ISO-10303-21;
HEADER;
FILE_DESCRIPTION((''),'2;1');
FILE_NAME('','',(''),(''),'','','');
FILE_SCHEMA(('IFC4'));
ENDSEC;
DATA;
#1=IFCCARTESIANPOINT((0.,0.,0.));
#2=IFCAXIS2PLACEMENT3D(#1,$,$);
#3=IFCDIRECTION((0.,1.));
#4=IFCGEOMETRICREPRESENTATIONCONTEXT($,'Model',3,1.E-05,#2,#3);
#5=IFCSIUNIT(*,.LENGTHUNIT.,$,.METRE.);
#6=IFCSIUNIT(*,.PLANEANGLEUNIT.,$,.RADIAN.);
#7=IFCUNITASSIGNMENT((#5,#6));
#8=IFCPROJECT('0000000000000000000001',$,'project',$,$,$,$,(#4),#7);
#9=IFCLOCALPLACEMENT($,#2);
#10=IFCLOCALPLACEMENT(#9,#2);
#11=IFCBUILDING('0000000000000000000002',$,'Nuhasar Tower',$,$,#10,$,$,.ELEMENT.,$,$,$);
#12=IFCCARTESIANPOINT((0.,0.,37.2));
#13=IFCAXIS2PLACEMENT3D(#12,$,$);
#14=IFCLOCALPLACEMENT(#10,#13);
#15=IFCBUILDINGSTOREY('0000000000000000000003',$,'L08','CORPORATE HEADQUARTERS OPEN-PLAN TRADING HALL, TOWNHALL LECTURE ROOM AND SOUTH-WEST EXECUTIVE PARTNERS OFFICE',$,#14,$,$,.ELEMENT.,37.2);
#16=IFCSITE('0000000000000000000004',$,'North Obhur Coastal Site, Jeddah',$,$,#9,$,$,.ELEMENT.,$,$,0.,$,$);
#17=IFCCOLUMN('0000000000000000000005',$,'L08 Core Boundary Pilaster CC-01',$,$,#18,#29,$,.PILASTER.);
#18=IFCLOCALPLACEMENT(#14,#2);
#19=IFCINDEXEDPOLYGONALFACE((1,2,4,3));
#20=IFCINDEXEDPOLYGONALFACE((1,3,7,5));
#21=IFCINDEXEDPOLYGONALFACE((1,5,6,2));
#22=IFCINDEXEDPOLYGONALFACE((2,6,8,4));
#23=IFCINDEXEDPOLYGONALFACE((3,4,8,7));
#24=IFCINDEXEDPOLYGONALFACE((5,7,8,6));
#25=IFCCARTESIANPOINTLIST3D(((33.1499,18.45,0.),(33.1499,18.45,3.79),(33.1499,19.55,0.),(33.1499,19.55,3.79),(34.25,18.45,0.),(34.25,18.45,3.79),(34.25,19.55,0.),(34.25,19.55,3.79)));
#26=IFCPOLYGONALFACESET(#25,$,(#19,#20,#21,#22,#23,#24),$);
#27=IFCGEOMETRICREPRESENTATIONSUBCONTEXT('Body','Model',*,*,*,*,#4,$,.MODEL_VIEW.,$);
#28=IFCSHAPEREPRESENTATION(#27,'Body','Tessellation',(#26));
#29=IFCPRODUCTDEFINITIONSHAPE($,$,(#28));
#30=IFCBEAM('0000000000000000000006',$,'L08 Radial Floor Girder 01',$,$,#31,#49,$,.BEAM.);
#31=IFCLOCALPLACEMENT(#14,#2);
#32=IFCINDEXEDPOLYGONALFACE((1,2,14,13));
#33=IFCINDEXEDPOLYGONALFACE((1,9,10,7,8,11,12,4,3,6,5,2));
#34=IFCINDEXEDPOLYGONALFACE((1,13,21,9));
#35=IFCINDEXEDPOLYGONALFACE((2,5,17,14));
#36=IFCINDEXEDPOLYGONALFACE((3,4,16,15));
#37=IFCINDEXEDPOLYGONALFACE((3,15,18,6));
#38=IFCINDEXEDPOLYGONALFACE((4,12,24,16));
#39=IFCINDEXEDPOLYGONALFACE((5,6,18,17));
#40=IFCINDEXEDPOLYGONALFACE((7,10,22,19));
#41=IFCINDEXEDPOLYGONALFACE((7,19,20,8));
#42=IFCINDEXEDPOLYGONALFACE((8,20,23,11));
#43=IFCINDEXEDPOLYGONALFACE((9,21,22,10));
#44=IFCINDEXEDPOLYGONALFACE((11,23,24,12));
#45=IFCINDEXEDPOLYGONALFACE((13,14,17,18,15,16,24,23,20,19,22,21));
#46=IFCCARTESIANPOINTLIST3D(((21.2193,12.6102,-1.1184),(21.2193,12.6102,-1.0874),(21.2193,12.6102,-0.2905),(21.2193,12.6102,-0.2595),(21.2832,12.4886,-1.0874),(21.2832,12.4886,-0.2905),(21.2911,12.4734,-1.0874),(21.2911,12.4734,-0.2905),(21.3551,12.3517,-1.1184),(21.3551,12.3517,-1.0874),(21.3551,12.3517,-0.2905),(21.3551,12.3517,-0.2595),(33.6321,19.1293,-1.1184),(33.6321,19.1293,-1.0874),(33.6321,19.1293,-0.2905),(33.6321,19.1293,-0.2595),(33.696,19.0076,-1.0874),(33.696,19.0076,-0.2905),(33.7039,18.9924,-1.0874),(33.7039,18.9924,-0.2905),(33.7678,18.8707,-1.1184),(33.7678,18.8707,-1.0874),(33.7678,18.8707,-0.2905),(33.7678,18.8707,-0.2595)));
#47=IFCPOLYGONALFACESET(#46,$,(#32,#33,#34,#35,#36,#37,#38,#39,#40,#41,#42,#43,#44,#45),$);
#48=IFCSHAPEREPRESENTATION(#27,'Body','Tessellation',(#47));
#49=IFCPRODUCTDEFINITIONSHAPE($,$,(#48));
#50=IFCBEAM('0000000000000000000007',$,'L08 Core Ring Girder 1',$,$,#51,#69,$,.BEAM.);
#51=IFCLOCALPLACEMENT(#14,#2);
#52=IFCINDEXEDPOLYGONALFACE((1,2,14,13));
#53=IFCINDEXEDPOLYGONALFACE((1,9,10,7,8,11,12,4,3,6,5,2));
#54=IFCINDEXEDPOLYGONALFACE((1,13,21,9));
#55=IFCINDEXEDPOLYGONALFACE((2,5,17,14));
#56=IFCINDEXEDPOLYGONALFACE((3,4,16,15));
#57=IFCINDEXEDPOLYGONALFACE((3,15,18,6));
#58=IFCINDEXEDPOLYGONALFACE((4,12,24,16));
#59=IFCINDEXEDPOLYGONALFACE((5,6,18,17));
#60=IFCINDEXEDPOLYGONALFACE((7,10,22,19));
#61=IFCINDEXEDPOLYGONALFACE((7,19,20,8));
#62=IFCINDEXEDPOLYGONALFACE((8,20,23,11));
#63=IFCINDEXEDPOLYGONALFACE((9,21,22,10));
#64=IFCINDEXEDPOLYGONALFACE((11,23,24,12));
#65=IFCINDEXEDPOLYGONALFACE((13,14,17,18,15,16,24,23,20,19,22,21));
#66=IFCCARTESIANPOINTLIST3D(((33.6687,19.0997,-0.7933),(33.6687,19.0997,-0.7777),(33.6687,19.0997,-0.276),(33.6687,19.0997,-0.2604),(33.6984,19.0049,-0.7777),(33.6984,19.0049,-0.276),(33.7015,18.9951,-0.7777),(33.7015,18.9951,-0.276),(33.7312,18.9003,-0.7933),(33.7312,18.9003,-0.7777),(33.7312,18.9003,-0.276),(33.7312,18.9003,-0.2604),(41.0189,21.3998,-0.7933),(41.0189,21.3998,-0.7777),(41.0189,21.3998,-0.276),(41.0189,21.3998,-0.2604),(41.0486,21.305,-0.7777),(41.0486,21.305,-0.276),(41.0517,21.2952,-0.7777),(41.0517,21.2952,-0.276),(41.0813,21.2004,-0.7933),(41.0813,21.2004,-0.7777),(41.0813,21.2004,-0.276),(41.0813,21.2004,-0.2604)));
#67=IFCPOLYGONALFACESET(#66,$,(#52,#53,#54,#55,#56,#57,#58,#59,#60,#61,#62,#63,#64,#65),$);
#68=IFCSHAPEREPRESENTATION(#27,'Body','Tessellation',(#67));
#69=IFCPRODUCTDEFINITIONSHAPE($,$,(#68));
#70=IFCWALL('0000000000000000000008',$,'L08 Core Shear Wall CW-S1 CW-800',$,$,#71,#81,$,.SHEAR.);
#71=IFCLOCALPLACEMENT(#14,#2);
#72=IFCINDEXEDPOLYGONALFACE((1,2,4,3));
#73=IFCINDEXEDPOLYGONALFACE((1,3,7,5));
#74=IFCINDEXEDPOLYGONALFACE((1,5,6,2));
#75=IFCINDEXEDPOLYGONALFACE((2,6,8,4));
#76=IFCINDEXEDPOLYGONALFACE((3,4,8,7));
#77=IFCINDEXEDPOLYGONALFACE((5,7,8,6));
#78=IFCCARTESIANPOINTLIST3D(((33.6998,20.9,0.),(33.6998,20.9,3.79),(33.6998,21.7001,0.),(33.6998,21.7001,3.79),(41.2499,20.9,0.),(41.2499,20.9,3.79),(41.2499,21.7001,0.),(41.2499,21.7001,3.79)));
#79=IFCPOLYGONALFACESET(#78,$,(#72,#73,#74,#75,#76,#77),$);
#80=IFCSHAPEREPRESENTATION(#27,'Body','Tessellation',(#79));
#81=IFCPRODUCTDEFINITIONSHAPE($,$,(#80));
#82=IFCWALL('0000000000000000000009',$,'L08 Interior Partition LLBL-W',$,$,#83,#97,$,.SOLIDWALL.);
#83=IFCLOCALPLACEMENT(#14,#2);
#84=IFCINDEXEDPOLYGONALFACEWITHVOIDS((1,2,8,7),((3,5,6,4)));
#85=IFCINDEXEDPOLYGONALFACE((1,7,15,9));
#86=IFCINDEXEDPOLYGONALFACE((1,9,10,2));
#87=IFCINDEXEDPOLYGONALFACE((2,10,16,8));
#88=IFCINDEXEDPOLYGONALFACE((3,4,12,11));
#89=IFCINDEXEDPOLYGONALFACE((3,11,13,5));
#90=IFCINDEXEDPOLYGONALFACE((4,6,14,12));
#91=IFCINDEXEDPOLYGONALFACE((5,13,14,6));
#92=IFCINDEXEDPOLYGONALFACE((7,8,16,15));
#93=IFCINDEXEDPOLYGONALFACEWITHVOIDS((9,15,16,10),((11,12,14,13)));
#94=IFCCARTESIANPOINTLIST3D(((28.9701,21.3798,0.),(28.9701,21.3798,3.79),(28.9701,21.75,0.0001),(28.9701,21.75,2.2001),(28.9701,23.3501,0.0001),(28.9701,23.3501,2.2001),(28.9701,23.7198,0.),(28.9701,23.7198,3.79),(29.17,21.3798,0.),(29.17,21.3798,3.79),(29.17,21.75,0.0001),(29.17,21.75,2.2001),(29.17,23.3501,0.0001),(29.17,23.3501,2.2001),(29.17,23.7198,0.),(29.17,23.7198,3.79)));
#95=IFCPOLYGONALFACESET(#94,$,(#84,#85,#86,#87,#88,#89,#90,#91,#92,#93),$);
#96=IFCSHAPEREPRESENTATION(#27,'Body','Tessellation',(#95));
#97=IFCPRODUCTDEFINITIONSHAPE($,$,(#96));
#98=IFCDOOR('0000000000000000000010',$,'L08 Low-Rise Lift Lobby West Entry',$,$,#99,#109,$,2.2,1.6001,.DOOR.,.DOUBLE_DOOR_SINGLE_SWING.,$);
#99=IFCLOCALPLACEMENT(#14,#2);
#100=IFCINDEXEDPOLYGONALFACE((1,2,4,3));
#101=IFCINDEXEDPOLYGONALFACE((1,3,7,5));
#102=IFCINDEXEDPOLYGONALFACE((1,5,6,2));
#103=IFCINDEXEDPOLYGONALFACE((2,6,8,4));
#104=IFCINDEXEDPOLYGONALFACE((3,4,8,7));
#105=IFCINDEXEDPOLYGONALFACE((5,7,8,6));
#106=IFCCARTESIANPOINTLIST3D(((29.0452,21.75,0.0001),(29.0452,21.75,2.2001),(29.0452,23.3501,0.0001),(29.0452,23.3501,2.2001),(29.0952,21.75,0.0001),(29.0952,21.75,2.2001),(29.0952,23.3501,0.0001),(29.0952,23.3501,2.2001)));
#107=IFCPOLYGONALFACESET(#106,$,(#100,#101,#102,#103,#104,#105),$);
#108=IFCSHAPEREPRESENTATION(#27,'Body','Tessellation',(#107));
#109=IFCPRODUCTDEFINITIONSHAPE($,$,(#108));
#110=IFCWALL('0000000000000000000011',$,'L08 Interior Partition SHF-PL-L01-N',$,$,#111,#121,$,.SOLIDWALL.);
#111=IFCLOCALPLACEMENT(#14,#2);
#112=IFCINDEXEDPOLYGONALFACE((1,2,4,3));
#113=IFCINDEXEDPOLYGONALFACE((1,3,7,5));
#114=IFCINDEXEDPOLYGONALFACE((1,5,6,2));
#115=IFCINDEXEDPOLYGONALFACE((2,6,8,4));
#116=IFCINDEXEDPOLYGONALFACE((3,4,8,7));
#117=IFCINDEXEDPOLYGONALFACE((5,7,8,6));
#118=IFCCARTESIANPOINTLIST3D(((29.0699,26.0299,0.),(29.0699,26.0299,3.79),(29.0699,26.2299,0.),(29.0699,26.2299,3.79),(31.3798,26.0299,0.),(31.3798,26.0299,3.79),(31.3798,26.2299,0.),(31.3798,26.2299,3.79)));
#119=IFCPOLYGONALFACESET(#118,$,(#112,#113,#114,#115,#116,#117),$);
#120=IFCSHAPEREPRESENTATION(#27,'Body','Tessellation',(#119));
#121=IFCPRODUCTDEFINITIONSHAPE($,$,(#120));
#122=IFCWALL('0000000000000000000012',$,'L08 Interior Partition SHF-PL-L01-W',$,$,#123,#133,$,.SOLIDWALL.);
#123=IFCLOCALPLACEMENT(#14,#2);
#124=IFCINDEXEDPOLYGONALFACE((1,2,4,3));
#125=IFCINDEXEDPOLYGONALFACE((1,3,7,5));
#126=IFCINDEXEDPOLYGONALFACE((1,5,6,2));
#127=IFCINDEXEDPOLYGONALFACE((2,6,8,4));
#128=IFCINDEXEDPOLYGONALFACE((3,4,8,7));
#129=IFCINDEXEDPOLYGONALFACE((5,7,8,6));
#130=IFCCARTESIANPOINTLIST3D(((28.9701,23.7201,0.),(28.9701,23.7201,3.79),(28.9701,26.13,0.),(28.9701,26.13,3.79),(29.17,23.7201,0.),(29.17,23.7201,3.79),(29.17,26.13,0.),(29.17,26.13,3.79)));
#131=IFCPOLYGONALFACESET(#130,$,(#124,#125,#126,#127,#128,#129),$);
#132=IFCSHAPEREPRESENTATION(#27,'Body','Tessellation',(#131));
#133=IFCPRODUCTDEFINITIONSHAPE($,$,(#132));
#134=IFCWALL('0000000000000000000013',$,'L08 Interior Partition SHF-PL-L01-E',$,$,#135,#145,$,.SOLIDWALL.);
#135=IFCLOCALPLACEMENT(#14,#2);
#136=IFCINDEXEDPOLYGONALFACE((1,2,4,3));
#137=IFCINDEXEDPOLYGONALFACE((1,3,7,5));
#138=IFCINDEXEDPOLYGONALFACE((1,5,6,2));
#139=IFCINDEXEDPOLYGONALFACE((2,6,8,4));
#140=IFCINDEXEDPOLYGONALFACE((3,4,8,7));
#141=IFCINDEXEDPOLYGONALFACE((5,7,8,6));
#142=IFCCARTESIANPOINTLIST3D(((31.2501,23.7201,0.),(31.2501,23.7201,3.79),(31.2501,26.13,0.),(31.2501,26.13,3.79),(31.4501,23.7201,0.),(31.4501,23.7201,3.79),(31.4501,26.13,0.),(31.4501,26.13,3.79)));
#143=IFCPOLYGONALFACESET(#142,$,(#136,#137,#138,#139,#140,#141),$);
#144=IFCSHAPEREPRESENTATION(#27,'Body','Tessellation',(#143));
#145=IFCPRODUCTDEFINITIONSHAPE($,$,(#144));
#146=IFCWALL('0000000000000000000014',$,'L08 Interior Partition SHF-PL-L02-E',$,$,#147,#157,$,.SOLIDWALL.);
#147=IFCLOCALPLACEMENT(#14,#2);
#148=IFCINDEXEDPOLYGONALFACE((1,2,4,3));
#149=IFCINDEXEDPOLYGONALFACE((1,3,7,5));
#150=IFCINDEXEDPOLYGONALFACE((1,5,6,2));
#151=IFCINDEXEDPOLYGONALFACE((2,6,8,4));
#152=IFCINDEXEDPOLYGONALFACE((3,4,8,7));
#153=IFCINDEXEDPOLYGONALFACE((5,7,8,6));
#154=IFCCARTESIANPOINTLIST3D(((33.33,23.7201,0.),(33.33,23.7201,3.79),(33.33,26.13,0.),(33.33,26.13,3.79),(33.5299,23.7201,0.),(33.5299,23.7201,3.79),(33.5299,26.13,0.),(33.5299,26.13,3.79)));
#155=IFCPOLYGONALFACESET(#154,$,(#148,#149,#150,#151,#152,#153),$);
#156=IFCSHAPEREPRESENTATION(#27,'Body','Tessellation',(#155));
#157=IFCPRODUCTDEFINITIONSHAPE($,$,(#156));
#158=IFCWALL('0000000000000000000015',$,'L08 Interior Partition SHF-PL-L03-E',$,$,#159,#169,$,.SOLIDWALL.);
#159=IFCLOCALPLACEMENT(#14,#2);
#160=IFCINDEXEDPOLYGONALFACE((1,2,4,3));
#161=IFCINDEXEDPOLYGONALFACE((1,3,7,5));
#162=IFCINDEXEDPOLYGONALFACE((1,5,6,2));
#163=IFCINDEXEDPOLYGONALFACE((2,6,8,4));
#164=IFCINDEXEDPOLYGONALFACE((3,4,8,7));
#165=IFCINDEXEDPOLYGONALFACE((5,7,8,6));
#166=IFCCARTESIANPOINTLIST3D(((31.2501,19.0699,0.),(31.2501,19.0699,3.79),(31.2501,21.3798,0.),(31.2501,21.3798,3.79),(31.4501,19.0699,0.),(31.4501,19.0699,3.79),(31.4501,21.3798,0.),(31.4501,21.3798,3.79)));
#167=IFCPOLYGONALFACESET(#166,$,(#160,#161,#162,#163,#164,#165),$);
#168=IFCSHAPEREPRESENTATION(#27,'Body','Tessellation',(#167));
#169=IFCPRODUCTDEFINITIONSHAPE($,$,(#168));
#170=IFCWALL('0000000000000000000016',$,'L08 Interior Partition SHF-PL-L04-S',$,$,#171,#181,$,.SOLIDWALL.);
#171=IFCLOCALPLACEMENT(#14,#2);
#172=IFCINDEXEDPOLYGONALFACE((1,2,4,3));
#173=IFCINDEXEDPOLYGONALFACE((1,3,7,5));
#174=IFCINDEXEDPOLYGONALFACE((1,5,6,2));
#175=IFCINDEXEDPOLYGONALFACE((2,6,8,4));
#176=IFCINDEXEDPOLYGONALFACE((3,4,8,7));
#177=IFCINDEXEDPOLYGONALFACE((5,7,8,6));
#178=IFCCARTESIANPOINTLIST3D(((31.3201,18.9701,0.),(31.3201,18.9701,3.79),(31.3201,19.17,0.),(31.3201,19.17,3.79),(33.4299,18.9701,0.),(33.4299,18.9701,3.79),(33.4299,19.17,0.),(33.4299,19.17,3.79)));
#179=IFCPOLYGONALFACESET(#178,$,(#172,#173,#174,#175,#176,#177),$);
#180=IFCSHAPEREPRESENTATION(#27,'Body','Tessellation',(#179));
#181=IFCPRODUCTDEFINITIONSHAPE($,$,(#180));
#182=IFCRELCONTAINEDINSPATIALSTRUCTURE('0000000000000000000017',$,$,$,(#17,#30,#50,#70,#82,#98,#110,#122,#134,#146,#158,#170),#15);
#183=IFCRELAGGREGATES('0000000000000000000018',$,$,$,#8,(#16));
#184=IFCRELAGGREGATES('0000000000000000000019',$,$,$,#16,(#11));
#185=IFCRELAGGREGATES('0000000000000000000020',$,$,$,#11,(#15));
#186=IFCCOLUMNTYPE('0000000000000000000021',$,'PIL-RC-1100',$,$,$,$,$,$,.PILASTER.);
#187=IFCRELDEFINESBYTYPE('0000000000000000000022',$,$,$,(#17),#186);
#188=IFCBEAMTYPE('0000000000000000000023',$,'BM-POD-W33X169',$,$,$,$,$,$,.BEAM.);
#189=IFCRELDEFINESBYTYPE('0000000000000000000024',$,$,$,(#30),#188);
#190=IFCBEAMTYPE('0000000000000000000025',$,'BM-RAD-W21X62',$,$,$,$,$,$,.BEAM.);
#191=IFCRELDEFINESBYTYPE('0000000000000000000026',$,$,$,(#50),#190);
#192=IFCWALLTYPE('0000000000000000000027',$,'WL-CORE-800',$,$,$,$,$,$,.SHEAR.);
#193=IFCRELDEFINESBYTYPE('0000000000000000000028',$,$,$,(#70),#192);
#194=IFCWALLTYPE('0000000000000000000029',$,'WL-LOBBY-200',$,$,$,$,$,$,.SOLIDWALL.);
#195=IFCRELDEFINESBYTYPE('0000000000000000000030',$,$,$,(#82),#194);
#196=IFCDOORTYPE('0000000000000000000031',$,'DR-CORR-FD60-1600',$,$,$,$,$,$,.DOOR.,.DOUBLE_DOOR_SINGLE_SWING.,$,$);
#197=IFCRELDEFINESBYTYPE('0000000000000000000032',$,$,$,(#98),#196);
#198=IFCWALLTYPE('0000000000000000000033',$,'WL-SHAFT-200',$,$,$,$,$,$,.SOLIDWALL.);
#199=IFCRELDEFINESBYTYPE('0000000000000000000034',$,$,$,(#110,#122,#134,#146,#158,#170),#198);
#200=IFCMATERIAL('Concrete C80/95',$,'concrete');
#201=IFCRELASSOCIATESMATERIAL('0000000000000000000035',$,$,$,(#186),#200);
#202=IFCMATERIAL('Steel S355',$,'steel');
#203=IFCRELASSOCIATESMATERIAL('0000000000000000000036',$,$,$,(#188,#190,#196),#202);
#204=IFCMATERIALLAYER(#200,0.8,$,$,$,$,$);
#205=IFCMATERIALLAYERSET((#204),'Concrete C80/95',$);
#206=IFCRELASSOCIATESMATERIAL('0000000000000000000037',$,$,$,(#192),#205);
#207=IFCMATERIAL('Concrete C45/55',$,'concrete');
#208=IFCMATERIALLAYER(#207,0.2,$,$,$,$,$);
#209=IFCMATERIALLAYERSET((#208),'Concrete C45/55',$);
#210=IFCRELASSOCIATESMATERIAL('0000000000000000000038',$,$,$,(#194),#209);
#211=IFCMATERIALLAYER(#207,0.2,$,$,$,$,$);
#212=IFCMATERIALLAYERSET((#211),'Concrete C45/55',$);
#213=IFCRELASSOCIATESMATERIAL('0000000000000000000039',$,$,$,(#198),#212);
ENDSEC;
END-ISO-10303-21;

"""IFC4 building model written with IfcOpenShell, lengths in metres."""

from ifc_helpers import new_model, si_unit, direction, frame, frame_2d, origin, origin_2d, place, context, subcontext, project, spatial, rectangle, i_section, extrude, material, layer, layer_set, material_profile, profile_set, type_object, element, fill, save


model = new_model("IFC4")

# Units and contexts
model_context = context("Model", 3, precision=1e-05, world=origin(), true_north=direction((0.0, 1.0)))
body_context = subcontext(model_context, "Body", "Model", "MODEL_VIEW")
ifc_project = project(units=[si_unit("LENGTHUNIT", "METRE"), si_unit("PLANEANGLEUNIT", "RADIAN")], contexts=[model_context])

# Site, building, storey
site_placement = place(None, origin())
site = spatial("IfcSite", under=ifc_project, at=site_placement, Name="North Obhur Coastal Site, Jeddah", CompositionType="ELEMENT", RefElevation=0.0)
building_placement = place(site_placement, origin())
building = spatial("IfcBuilding", under=site, at=building_placement, Name="Nuhasar Tower", CompositionType="ELEMENT")
storey_placement = place(building_placement, frame((0.0, 0.0, 37.2)))
storey = spatial("IfcBuildingStorey", under=building, at=storey_placement, Name="L08", Description="CORPORATE HEADQUARTERS OPEN-PLAN TRADING HALL, TOWNHALL LECTURE ROOM AND SOUTH-WEST EXECUTIVE PARTNERS OFFICE", CompositionType="ELEMENT", Elevation=37.2)

# Column
ifc_material_1 = material(Name="Concrete C80/95", Category="concrete")
ifc_material_profile_1 = material_profile(ifc_material_1, rectangle(XDim=1.1001, YDim=1.1001, at=origin_2d()), Name="RC1100X1100")
ifc_profile_set_1 = profile_set([ifc_material_profile_1], Name="Concrete C80/95")
column_type = type_object("IfcColumnType", Name="PIL-RC-1100", PredefinedType="PILASTER", material=ifc_profile_set_1)
column_placement = place(storey_placement, frame((33.7, 19.0, 0.0), z_axis=(0.0, 0.0, 1.0), x_axis=(1.0, 0.0, 0.0)))
element("IfcColumn", 1, at=column_placement, inside=storey, type_object=column_type, Name="L08 Core Boundary Pilaster CC-01", PredefinedType="PILASTER", context=body_context, shape_type="SweptSolid", body=[
    extrude(rectangle(XDim=1.1001, YDim=1.1001, at=origin_2d()), origin(), (0.0, 0.0, 1.0), 3.79),
])

# Beams
ifc_material_2 = material(Name="Steel S355", Category="steel")
ifc_material_profile_2 = material_profile(ifc_material_2, i_section(OverallWidth=0.292, OverallDepth=0.8589, WebThickness=0.0171, FlangeThickness=0.031, at=origin_2d()), Name="W33X169")
ifc_profile_set_2 = profile_set([ifc_material_profile_2], Name="Steel S355")
beam_type_1 = type_object("IfcBeamType", Name="BM-POD-W33X169", PredefinedType="BEAM", material=ifc_profile_set_2)
beam_1_placement = place(storey_placement, frame((33.7, 19.0, -0.689), z_axis=(-0.88533, -0.464963, 0.0), x_axis=(0.464963, -0.88533, 0.0)))
element("IfcBeam", 2, at=beam_1_placement, inside=storey, type_object=beam_type_1, Name="L08 Radial Floor Girder 01", PredefinedType="BEAM", context=body_context, shape_type="SweptSolid", body=[
    extrude(i_section(OverallWidth=0.292, OverallDepth=0.8589, WebThickness=0.0171, FlangeThickness=0.031, at=origin_2d()), origin(), (0.0, 0.0, 1.0), 14.0205),
])
ifc_material_profile_3 = material_profile(ifc_material_2, i_section(OverallWidth=0.209, OverallDepth=0.533, WebThickness=0.0103, FlangeThickness=0.0156, at=origin_2d()), Name="W21X62")
ifc_profile_set_3 = profile_set([ifc_material_profile_3], Name="Steel S355")
beam_type_2 = type_object("IfcBeamType", Name="BM-RAD-W21X62", PredefinedType="BEAM", material=ifc_profile_set_3)
beam_2_placement = place(storey_placement, frame((33.7, 19.0, -0.5269), z_axis=(0.954364, 0.298647, 0.0), x_axis=(-0.298647, 0.954364, 0.0)))
element("IfcBeam", 3, at=beam_2_placement, inside=storey, type_object=beam_type_2, Name="L08 Core Ring Girder 1", PredefinedType="BEAM", context=body_context, shape_type="SweptSolid", body=[
    extrude(i_section(OverallWidth=0.209, OverallDepth=0.533, WebThickness=0.0103, FlangeThickness=0.0156, at=origin_2d()), origin(), (0.0, 0.0, 1.0), 7.7017),
])

# Wall
ifc_layer_1 = layer(ifc_material_1, 0.8)
ifc_layer_set_1 = layer_set([ifc_layer_1], Name="Concrete C80/95")
wall_type_1 = type_object("IfcWallType", Name="WL-CORE-800", PredefinedType="SHEAR", material=ifc_layer_set_1)
wall_1_placement = place(storey_placement, frame((33.7, 21.3, 0.0), z_axis=(0.0, 0.0, 1.0), x_axis=(1.0, 0.0, 0.0)))
element("IfcWall", 4, at=wall_1_placement, inside=storey, type_object=wall_type_1, Name="L08 Core Shear Wall CW-S1 CW-800", PredefinedType="SHEAR", context=body_context, shape_type="SweptSolid", body=[
    extrude(rectangle(XDim=7.55, YDim=0.8, at=frame_2d((3.7749, 0.0))), origin(), (0.0, 0.0, 1.0), 3.79),
])

# Wall, opening, door
ifc_material_3 = material(Name="Concrete C45/55", Category="concrete")
ifc_layer_2 = layer(ifc_material_3, 0.2)
ifc_layer_set_2 = layer_set([ifc_layer_2], Name="Concrete C45/55")
wall_type_2 = type_object("IfcWallType", Name="WL-LOBBY-200", PredefinedType="SOLIDWALL", material=ifc_layer_set_2)
wall_2_placement = place(storey_placement, frame((29.0701, 21.3799, 0.0), z_axis=(0.0, 0.0, 1.0), x_axis=(0.0, 1.0, 0.0)))
wall_2 = element("IfcWall", 5, at=wall_2_placement, inside=storey, type_object=wall_type_2, Name="L08 Interior Partition LLBL-W", PredefinedType="SOLIDWALL", context=body_context, shape_type="SweptSolid", body=[
    extrude(rectangle(XDim=2.3401, YDim=0.2, at=frame_2d((1.1699, 0.0))), origin(), (0.0, 0.0, 1.0), 3.79),
])
opening_1_placement = place(wall_2_placement, frame((0.3701, 0.0, 0.0)))
opening_1 = element("IfcOpeningElement", 6, at=opening_1_placement, cuts=wall_2, PredefinedType="OPENING", context=body_context, shape_type="SweptSolid", body=[
    extrude(rectangle(XDim=1.6001, YDim=2.2, at=frame_2d((0.8, 1.1001))), frame((0.0, 0.1099, 0.0), z_axis=(0.0, -1.0, 0.0), x_axis=(1.0, 0.0, 0.0)), (0.0, 0.0, 1.0), 0.22),
])
door_type_1 = type_object("IfcDoorType", Name="DR-CORR-FD60-1600", OperationType="DOUBLE_DOOR_SINGLE_SWING", PredefinedType="DOOR", material=ifc_material_2)
door_1_placement = place(opening_1_placement, origin())
door_1 = element("IfcDoor", 7, at=door_1_placement, inside=storey, type_object=door_type_1, Name="L08 Low-Rise Lift Lobby West Entry", OperationType="DOUBLE_DOOR_SINGLE_SWING", OverallHeight=2.2, OverallWidth=1.6001, PredefinedType="DOOR", context=body_context, shape_type="SweptSolid", body=[
    extrude(rectangle(XDim=1.6001, YDim=2.2, at=frame_2d((0.8, 1.1001))), frame((0.0, 0.0249, 0.0), z_axis=(0.0, -1.0, 0.0), x_axis=(1.0, 0.0, 0.0)), (0.0, 0.0, 1.0), 0.05),
])
fill(opening_1, door_1)
ifc_layer_3 = layer(ifc_material_3, 0.2)
ifc_layer_set_3 = layer_set([ifc_layer_3], Name="Concrete C45/55")
wall_type_3 = type_object("IfcWallType", Name="WL-SHAFT-200", PredefinedType="SOLIDWALL", material=ifc_layer_set_3)

# Walls
wall_3_placement = place(storey_placement, frame((29.0701, 26.1299, 0.0), z_axis=(0.0, 0.0, 1.0), x_axis=(1.0, 0.0, 0.0)))
element("IfcWall", 8, at=wall_3_placement, inside=storey, type_object=wall_type_3, Name="L08 Interior Partition SHF-PL-L01-N", PredefinedType="SOLIDWALL", context=body_context, shape_type="SweptSolid", body=[
    extrude(rectangle(XDim=2.3098, YDim=0.2, at=frame_2d((1.1548, 0.0))), origin(), (0.0, 0.0, 1.0), 3.79),
])
for number, where, z_axis, x_axis, name in (
    (9, (29.0701, 23.72, 0.0), (0.0, 0.0, 1.0), (0.0, 1.0, 0.0), "L08 Interior Partition SHF-PL-L01-W"),
    (10, (31.3501, 23.72, 0.0), (0.0, 0.0, 1.0), (0.0, 1.0, 0.0), "L08 Interior Partition SHF-PL-L01-E"),
):
    element("IfcWall", number, at=place(storey_placement, frame(where, z_axis=z_axis, x_axis=x_axis)), inside=storey, type_object=wall_type_3, Name=name, PredefinedType="SOLIDWALL", context=body_context, shape_type="SweptSolid", body=[
        extrude(rectangle(XDim=2.4099, YDim=0.2, at=frame_2d((1.2051, 0.0))), origin(), (0.0, 0.0, 1.0), 3.79),
    ])

# Wall
wall_4_placement = place(storey_placement, frame((33.4299, 23.72, 0.0), z_axis=(0.0, 0.0, 1.0), x_axis=(0.0, 1.0, 0.0)))
element("IfcWall", 11, at=wall_4_placement, inside=storey, type_object=wall_type_3, Name="L08 Interior Partition SHF-PL-L02-E", PredefinedType="SOLIDWALL", context=body_context, shape_type="SweptSolid", body=[
    extrude(rectangle(XDim=2.4099, YDim=0.2, at=frame_2d((1.2051, 0.0))), origin(), (0.0, 0.0, 1.0), 3.79),
])

# Walls
wall_5_placement = place(storey_placement, frame((31.3501, 19.0701, 0.0), z_axis=(0.0, 0.0, 1.0), x_axis=(0.0, 1.0, 0.0)))
element("IfcWall", 12, at=wall_5_placement, inside=storey, type_object=wall_type_3, Name="L08 Interior Partition SHF-PL-L03-E", PredefinedType="SOLIDWALL", context=body_context, shape_type="SweptSolid", body=[
    extrude(rectangle(XDim=2.3098, YDim=0.2, at=frame_2d((1.1548, 0.0))), origin(), (0.0, 0.0, 1.0), 3.79),
])
wall_6_placement = place(storey_placement, frame((31.3201, 19.0701, 0.0), z_axis=(0.0, 0.0, 1.0), x_axis=(1.0, 0.0, 0.0)))
element("IfcWall", 13, at=wall_6_placement, inside=storey, type_object=wall_type_3, Name="L08 Interior Partition SHF-PL-L04-S", PredefinedType="SOLIDWALL", context=body_context, shape_type="SweptSolid", body=[
    extrude(rectangle(XDim=2.1099, YDim=0.2, at=frame_2d((1.0549, 0.0))), origin(), (0.0, 0.0, 1.0), 3.79),
])

save(model, "model.ifc")
